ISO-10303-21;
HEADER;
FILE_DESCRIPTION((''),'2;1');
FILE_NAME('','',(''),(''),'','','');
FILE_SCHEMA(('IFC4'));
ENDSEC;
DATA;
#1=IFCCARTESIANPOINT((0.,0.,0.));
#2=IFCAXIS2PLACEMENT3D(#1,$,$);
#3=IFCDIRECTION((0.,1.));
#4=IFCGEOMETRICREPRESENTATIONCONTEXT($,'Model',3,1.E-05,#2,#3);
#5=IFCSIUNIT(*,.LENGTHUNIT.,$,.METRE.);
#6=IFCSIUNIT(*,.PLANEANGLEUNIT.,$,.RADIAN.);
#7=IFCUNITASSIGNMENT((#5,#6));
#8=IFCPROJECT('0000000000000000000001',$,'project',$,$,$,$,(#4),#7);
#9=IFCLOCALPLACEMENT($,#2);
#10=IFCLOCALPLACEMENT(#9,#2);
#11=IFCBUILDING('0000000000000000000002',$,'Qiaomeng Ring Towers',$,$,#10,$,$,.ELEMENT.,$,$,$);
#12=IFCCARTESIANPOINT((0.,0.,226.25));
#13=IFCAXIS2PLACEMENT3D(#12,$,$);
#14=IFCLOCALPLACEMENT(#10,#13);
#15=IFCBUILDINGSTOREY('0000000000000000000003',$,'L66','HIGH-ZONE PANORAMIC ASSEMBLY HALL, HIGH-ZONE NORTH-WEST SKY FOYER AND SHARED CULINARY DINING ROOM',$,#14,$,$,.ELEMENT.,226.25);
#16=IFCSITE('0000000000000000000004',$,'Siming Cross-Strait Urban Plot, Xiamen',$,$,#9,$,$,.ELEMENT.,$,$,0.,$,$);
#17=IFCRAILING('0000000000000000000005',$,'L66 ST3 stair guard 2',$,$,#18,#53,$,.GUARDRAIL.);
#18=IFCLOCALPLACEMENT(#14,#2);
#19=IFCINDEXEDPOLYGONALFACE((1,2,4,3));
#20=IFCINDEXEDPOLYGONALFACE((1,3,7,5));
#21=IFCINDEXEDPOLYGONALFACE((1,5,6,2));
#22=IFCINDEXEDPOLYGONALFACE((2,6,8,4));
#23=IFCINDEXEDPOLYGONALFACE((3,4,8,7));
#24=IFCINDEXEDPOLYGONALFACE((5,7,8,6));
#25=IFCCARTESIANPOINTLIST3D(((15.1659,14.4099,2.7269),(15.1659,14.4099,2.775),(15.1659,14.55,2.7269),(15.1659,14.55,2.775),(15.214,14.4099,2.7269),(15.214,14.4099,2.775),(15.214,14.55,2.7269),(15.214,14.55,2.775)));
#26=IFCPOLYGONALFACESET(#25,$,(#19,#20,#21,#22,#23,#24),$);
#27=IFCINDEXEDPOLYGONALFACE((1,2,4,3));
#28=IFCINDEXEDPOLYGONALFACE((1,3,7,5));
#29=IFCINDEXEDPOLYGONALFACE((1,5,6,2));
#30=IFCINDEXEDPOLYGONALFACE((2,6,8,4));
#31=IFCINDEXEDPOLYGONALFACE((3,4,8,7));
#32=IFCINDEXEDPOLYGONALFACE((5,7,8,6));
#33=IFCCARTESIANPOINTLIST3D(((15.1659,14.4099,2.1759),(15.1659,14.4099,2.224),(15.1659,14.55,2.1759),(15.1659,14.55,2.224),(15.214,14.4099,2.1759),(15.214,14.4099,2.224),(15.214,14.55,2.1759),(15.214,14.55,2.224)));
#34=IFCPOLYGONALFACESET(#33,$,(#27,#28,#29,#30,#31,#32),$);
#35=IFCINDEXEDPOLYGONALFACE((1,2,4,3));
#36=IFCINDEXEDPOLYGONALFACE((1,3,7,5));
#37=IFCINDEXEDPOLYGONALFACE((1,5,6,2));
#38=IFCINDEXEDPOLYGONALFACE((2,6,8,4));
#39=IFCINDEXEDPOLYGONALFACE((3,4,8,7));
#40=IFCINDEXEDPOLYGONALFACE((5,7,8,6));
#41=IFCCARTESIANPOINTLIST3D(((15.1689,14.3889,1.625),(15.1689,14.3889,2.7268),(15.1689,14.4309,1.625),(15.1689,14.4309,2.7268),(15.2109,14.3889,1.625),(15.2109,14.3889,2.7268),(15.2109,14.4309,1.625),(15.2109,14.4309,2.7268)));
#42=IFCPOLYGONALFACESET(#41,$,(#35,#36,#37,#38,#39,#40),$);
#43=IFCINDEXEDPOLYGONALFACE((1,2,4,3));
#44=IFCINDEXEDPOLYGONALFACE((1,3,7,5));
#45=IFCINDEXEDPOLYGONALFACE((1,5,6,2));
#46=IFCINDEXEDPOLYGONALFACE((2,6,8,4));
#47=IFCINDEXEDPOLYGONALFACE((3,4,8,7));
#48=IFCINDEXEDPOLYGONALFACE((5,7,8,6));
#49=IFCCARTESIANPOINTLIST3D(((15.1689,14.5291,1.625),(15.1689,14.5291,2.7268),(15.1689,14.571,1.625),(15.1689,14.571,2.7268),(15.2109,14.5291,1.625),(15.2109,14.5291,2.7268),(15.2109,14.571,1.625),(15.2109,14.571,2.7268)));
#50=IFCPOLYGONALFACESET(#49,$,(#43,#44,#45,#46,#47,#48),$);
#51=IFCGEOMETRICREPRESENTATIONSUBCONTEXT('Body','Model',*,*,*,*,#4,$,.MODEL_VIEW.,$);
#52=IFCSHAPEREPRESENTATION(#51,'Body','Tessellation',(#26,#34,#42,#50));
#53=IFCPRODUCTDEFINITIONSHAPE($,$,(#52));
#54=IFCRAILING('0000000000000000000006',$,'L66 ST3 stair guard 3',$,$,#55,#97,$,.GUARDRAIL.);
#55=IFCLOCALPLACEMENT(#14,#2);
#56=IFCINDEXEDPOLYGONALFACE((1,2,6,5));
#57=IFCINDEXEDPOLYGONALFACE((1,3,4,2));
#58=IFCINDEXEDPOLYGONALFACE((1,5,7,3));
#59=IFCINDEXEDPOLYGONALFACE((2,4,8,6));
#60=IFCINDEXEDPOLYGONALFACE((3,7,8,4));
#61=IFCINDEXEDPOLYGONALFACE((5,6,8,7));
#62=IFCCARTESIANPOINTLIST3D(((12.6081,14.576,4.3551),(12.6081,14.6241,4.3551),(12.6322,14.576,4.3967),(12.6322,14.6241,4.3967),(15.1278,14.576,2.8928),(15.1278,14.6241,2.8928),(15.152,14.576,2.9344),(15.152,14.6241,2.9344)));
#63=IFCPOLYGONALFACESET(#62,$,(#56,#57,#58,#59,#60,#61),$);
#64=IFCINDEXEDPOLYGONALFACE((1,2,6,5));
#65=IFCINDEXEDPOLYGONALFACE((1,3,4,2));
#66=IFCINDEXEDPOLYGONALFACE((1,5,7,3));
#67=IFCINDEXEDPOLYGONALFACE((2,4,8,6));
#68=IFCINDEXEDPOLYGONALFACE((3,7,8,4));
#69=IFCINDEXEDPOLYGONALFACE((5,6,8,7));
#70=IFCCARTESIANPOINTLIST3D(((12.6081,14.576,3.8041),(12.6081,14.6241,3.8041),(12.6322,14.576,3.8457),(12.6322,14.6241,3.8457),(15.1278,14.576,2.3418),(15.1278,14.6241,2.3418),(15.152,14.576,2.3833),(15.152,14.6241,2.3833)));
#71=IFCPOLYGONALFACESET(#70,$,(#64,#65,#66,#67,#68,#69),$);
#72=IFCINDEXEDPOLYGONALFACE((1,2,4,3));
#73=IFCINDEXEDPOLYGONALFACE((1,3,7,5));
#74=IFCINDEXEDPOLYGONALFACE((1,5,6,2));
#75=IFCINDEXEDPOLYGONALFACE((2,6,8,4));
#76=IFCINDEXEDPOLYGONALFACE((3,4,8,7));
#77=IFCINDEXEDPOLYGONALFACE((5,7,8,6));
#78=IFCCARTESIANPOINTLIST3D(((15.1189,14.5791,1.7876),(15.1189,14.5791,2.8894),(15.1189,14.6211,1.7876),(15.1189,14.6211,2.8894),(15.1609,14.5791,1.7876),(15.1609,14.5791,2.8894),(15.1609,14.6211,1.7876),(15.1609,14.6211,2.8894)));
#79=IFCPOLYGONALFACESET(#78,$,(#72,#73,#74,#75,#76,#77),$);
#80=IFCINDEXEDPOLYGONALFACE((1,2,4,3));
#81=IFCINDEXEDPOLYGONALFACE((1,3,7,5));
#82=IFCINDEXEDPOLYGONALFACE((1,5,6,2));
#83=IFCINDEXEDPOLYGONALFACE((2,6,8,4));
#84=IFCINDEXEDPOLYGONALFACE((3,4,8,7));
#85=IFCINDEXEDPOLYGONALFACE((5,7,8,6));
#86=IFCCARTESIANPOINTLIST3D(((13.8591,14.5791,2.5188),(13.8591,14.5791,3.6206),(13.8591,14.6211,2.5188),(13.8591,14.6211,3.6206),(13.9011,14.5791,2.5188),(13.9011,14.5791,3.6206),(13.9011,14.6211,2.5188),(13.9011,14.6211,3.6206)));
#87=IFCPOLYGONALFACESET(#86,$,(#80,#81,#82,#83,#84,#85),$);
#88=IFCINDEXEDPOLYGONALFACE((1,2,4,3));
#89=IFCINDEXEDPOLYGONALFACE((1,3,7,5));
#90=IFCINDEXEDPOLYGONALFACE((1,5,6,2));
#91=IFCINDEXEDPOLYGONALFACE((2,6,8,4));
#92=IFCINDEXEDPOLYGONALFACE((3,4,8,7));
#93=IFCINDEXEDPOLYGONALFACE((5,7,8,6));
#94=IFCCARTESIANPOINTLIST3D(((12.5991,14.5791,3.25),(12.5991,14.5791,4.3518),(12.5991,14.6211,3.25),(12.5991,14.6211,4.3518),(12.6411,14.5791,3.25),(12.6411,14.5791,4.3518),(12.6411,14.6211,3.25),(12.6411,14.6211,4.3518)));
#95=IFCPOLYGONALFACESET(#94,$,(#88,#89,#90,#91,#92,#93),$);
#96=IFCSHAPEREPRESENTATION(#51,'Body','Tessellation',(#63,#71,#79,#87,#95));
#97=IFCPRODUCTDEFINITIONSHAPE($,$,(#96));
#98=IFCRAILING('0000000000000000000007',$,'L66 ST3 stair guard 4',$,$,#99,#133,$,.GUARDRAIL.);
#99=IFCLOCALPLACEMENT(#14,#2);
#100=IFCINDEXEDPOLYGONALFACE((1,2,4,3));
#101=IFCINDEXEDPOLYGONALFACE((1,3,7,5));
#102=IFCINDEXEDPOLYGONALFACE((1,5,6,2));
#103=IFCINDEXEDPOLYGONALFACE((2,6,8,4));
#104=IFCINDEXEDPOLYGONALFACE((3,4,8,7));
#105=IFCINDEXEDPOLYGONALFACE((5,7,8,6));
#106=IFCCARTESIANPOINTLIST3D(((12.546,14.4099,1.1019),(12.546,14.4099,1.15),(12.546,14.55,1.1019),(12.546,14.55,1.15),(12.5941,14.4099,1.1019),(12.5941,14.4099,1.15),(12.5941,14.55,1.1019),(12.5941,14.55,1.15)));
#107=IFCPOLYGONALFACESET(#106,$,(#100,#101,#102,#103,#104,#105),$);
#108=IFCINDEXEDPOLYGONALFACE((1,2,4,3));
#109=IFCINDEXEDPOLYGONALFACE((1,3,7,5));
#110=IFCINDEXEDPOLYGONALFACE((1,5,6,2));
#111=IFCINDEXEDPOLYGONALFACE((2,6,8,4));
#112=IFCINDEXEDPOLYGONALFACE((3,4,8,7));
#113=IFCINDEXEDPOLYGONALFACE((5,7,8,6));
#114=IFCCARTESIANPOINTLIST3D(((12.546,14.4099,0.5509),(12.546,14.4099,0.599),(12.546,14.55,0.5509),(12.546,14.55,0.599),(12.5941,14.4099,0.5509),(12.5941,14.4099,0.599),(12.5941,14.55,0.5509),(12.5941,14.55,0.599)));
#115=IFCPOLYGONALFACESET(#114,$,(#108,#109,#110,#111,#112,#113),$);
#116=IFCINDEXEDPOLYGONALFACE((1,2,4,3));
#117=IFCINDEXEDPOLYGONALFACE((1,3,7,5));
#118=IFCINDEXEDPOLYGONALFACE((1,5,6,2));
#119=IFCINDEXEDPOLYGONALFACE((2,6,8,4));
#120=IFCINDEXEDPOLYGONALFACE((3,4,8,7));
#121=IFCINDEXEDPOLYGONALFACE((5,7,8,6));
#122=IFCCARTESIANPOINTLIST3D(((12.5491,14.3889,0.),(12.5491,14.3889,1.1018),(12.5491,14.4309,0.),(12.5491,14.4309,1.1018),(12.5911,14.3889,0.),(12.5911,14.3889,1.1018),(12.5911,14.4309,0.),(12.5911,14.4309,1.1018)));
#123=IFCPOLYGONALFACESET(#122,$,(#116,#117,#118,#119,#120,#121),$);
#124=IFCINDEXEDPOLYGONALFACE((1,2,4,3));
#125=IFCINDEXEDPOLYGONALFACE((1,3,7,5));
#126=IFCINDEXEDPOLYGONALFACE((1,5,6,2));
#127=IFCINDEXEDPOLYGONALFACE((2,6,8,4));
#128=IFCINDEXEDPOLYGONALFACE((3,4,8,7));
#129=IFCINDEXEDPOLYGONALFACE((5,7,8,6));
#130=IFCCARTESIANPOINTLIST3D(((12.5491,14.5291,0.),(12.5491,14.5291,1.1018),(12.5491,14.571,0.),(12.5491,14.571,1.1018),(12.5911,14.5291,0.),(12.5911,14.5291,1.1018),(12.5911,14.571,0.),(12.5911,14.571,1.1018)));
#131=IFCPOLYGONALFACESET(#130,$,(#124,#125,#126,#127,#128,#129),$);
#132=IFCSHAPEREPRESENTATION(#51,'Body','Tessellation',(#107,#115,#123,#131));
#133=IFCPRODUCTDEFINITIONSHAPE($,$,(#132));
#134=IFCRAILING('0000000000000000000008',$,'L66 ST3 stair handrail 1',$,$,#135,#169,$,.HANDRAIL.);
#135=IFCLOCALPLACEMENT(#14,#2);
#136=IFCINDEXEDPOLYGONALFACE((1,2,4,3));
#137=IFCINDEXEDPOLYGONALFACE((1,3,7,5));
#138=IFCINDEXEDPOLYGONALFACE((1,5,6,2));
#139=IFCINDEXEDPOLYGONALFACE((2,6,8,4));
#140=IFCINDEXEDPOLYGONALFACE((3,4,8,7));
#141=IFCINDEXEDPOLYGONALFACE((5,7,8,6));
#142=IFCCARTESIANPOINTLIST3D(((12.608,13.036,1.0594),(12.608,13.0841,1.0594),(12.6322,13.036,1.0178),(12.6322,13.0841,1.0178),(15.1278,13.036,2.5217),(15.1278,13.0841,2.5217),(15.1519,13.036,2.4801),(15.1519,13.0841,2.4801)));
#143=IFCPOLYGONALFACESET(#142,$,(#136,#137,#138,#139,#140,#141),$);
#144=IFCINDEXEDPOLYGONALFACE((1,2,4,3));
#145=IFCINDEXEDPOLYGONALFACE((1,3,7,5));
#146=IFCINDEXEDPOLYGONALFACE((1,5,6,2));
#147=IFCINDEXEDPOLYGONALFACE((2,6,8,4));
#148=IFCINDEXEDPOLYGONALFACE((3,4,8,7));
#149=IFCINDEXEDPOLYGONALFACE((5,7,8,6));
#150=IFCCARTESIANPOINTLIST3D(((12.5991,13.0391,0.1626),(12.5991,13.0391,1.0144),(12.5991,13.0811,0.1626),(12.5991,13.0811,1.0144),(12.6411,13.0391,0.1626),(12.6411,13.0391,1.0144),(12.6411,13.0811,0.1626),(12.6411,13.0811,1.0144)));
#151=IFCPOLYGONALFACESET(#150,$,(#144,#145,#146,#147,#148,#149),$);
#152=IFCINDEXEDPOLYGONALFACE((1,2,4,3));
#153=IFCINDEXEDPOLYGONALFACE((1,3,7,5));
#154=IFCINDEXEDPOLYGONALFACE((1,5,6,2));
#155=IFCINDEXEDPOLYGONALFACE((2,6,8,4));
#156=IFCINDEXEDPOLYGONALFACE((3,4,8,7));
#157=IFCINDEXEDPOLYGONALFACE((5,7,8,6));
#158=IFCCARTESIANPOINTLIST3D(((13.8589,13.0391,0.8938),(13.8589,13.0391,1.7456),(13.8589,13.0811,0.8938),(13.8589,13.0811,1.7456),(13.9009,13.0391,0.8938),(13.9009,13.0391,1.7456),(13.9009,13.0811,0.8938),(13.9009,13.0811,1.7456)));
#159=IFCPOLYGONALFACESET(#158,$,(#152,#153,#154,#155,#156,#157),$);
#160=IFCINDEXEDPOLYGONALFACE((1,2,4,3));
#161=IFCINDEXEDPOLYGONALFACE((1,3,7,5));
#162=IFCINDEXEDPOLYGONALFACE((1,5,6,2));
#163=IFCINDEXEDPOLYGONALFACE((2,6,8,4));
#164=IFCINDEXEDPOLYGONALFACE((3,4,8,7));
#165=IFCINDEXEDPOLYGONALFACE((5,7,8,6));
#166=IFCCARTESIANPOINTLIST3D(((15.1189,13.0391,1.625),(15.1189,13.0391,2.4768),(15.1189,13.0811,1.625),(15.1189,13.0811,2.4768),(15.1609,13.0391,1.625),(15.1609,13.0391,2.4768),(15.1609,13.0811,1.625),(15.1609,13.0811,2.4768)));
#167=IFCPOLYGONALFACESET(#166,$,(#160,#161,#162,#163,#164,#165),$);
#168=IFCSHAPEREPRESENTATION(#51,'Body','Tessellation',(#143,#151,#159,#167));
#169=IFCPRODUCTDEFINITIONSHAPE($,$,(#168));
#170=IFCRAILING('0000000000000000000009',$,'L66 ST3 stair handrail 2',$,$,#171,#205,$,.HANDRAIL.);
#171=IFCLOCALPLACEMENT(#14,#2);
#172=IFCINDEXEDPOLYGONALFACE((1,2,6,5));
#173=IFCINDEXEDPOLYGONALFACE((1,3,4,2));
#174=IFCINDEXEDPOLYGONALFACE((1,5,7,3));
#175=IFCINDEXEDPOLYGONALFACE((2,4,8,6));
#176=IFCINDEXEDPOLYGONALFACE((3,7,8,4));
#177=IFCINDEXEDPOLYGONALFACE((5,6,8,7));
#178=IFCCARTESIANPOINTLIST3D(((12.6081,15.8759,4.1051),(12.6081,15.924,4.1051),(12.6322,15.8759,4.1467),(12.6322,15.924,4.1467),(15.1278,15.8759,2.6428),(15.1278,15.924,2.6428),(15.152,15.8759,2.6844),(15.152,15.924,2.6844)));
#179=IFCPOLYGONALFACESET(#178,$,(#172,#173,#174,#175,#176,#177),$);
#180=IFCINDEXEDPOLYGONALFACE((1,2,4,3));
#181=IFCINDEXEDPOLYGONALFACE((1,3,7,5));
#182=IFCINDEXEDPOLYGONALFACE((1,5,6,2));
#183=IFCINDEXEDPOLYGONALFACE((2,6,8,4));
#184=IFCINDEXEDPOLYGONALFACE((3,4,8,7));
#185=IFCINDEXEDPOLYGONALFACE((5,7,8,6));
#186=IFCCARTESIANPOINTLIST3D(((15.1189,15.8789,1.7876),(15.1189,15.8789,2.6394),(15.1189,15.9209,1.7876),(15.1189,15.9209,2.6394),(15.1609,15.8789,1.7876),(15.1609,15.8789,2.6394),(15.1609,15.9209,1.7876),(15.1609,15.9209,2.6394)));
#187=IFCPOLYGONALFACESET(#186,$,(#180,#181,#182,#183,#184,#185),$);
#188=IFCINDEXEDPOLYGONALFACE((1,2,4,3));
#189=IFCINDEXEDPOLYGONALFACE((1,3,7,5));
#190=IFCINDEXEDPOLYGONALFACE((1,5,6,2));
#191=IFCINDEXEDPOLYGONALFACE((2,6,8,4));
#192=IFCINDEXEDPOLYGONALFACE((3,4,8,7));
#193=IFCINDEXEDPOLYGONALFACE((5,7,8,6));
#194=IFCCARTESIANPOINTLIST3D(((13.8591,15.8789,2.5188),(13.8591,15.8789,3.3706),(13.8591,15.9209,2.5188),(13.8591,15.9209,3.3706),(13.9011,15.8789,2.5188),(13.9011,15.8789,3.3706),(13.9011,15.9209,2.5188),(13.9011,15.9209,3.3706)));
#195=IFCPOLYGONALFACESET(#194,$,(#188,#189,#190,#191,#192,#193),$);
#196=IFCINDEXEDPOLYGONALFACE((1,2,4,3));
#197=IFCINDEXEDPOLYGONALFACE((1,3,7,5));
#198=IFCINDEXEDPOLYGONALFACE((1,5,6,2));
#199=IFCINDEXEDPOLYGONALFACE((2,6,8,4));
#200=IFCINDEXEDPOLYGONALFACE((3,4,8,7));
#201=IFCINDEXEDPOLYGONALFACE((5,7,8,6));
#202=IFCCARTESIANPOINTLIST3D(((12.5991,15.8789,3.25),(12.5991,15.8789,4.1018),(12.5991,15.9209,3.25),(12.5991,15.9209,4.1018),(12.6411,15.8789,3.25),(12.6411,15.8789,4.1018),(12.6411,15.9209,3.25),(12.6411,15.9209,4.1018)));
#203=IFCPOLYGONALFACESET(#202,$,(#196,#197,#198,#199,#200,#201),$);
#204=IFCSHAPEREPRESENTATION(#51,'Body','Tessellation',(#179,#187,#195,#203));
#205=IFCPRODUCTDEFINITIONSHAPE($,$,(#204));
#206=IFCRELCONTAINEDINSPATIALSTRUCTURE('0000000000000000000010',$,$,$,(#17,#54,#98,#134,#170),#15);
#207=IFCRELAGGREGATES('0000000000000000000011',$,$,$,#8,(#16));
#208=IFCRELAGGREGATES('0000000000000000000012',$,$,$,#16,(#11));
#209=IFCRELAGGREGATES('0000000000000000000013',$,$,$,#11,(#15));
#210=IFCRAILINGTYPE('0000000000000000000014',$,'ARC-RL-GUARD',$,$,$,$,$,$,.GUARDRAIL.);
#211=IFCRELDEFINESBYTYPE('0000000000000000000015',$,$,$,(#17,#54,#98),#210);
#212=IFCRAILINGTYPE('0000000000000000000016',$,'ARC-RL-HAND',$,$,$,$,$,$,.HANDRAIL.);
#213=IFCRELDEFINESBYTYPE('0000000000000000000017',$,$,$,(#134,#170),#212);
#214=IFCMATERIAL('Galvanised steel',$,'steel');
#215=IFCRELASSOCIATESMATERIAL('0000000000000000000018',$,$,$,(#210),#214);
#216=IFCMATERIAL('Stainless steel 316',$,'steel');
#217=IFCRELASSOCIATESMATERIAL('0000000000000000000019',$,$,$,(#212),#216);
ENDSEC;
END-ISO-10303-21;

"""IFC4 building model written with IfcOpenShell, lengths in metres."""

from ifc_helpers import new_model, si_unit, direction, frame, origin, origin_2d, place, context, subcontext, project, spatial, rectangle, extrude, material, type_object, element, save


model = new_model("IFC4")

# Units and contexts
model_context = context("Model", 3, precision=1e-05, world=origin(), true_north=direction((0.0, 1.0)))
body_context = subcontext(model_context, "Body", "Model", "MODEL_VIEW")
ifc_project = project(units=[si_unit("LENGTHUNIT", "METRE"), si_unit("PLANEANGLEUNIT", "RADIAN")], contexts=[model_context])

# Site, building, storey
site_placement = place(None, origin())
site = spatial("IfcSite", under=ifc_project, at=site_placement, Name="Siming Cross-Strait Urban Plot, Xiamen", CompositionType="ELEMENT", RefElevation=0.0)
building_placement = place(site_placement, origin())
building = spatial("IfcBuilding", under=site, at=building_placement, Name="Qiaomeng Ring Towers", CompositionType="ELEMENT")
storey_placement = place(building_placement, frame((0.0, 0.0, 226.25)))
storey = spatial("IfcBuildingStorey", under=building, at=storey_placement, Name="L66", Description="HIGH-ZONE PANORAMIC ASSEMBLY HALL, HIGH-ZONE NORTH-WEST SKY FOYER AND SHARED CULINARY DINING ROOM", CompositionType="ELEMENT", Elevation=226.25)

# Shared definitions
ifc_material_1 = material(Name="Galvanised steel", Category="steel")

# Railings
railing_type_1 = type_object("IfcRailingType", Name="ARC-RL-GUARD", PredefinedType="GUARDRAIL", material=ifc_material_1)
railing_1_placement = place(storey_placement, frame((15.1899, 14.4099, 1.625)))
element("IfcRailing", 1, at=railing_1_placement, inside=storey, type_object=railing_type_1, Name="L66 ST3 stair guard 2", PredefinedType="GUARDRAIL", context=body_context, shape_type="SweptSolid", body=[
    extrude(rectangle(XDim=0.0481, YDim=0.0481, at=origin_2d()), frame((0.0, 0.0, 1.126), z_axis=(0.0, 1.0, 0.0), x_axis=(-1.0, 0.0, 0.0)), (0.0, 0.0, 1.0), 0.1401),
    extrude(rectangle(XDim=0.0481, YDim=0.0481, at=origin_2d()), frame((0.0, 0.0, 0.575), z_axis=(0.0, 1.0, 0.0), x_axis=(-1.0, 0.0, 0.0)), (0.0, 0.0, 1.0), 0.1401),
    extrude(rectangle(XDim=0.042, YDim=0.042, at=origin_2d()), origin(), (0.0, 0.0, 1.0), 1.1018),
    extrude(rectangle(XDim=0.042, YDim=0.042, at=origin_2d()), frame((0.0, 0.1401, 0.0)), (0.0, 0.0, 1.0), 1.1018),
])
railing_2_placement = place(storey_placement, frame((15.1399, 14.6001, 1.7876)))
element("IfcRailing", 2, at=railing_2_placement, inside=storey, type_object=railing_type_1, Name="L66 ST3 stair guard 3", PredefinedType="GUARDRAIL", context=body_context, shape_type="SweptSolid", body=[
    extrude(rectangle(XDim=0.0481, YDim=0.0481, at=origin_2d()), frame((0.0, 0.0, 1.126), z_axis=(-0.864892, 0.0, 0.501958), x_axis=(0.0, -1.0, 0.0)), (0.0, 0.0, 1.0), 2.9133),
    extrude(rectangle(XDim=0.0481, YDim=0.0481, at=origin_2d()), frame((0.0, 0.0, 0.575), z_axis=(-0.864892, 0.0, 0.501958), x_axis=(0.0, -1.0, 0.0)), (0.0, 0.0, 1.0), 2.9133),
    extrude(rectangle(XDim=0.042, YDim=0.042, at=origin_2d()), origin(), (0.0, 0.0, 1.0), 1.1018),
    extrude(rectangle(XDim=0.042, YDim=0.042, at=origin_2d()), frame((-1.2598, 0.0, 0.7312)), (0.0, 0.0, 1.0), 1.1018),
    extrude(rectangle(XDim=0.042, YDim=0.042, at=origin_2d()), frame((-2.5198, 0.0, 1.4624)), (0.0, 0.0, 1.0), 1.1018),
])
railing_3_placement = place(storey_placement, frame((12.5701, 14.4099, 0.0)))
element("IfcRailing", 3, at=railing_3_placement, inside=storey, type_object=railing_type_1, Name="L66 ST3 stair guard 4", PredefinedType="GUARDRAIL", context=body_context, shape_type="SweptSolid", body=[
    extrude(rectangle(XDim=0.0481, YDim=0.0481, at=origin_2d()), frame((0.0, 0.0, 1.126), z_axis=(0.0, 1.0, 0.0), x_axis=(-1.0, 0.0, 0.0)), (0.0, 0.0, 1.0), 0.1401),
    extrude(rectangle(XDim=0.0481, YDim=0.0481, at=origin_2d()), frame((0.0, 0.0, 0.575), z_axis=(0.0, 1.0, 0.0), x_axis=(-1.0, 0.0, 0.0)), (0.0, 0.0, 1.0), 0.1401),
    extrude(rectangle(XDim=0.042, YDim=0.042, at=origin_2d()), origin(), (0.0, 0.0, 1.0), 1.1018),
    extrude(rectangle(XDim=0.042, YDim=0.042, at=origin_2d()), frame((0.0, 0.1401, 0.0)), (0.0, 0.0, 1.0), 1.1018),
])
ifc_material_2 = material(Name="Stainless steel 316", Category="steel")
railing_type_2 = type_object("IfcRailingType", Name="ARC-RL-HAND", PredefinedType="HANDRAIL", material=ifc_material_2)
railing_4_placement = place(storey_placement, frame((12.6201, 13.0601, 0.1626)))
element("IfcRailing", 4, at=railing_4_placement, inside=storey, type_object=railing_type_2, Name="L66 ST3 stair handrail 1", PredefinedType="HANDRAIL", context=body_context, shape_type="SweptSolid", body=[
    extrude(rectangle(XDim=0.0481, YDim=0.0481, at=origin_2d()), frame((0.0, 0.0, 0.876), z_axis=(0.864892, 0.0, 0.501958), x_axis=(0.0, 1.0, 0.0)), (0.0, 0.0, 1.0), 2.9133),
    extrude(rectangle(XDim=0.042, YDim=0.042, at=origin_2d()), origin(), (0.0, 0.0, 1.0), 0.8518),
    extrude(rectangle(XDim=0.042, YDim=0.042, at=origin_2d()), frame((1.2598, 0.0, 0.7312)), (0.0, 0.0, 1.0), 0.8518),
    extrude(rectangle(XDim=0.042, YDim=0.042, at=origin_2d()), frame((2.5198, 0.0, 1.4624)), (0.0, 0.0, 1.0), 0.8518),
])
railing_5_placement = place(storey_placement, frame((15.1399, 15.8999, 1.7876)))
element("IfcRailing", 5, at=railing_5_placement, inside=storey, type_object=railing_type_2, Name="L66 ST3 stair handrail 2", PredefinedType="HANDRAIL", context=body_context, shape_type="SweptSolid", body=[
    extrude(rectangle(XDim=0.0481, YDim=0.0481, at=origin_2d()), frame((0.0, 0.0, 0.876), z_axis=(-0.864892, 0.0, 0.501958), x_axis=(0.0, -1.0, 0.0)), (0.0, 0.0, 1.0), 2.9133),
    extrude(rectangle(XDim=0.042, YDim=0.042, at=origin_2d()), origin(), (0.0, 0.0, 1.0), 0.8518),
    extrude(rectangle(XDim=0.042, YDim=0.042, at=origin_2d()), frame((-1.2598, 0.0, 0.7312)), (0.0, 0.0, 1.0), 0.8518),
    extrude(rectangle(XDim=0.042, YDim=0.042, at=origin_2d()), frame((-2.5198, 0.0, 1.4624)), (0.0, 0.0, 1.0), 0.8518),
])

save(model, "model.ifc")
